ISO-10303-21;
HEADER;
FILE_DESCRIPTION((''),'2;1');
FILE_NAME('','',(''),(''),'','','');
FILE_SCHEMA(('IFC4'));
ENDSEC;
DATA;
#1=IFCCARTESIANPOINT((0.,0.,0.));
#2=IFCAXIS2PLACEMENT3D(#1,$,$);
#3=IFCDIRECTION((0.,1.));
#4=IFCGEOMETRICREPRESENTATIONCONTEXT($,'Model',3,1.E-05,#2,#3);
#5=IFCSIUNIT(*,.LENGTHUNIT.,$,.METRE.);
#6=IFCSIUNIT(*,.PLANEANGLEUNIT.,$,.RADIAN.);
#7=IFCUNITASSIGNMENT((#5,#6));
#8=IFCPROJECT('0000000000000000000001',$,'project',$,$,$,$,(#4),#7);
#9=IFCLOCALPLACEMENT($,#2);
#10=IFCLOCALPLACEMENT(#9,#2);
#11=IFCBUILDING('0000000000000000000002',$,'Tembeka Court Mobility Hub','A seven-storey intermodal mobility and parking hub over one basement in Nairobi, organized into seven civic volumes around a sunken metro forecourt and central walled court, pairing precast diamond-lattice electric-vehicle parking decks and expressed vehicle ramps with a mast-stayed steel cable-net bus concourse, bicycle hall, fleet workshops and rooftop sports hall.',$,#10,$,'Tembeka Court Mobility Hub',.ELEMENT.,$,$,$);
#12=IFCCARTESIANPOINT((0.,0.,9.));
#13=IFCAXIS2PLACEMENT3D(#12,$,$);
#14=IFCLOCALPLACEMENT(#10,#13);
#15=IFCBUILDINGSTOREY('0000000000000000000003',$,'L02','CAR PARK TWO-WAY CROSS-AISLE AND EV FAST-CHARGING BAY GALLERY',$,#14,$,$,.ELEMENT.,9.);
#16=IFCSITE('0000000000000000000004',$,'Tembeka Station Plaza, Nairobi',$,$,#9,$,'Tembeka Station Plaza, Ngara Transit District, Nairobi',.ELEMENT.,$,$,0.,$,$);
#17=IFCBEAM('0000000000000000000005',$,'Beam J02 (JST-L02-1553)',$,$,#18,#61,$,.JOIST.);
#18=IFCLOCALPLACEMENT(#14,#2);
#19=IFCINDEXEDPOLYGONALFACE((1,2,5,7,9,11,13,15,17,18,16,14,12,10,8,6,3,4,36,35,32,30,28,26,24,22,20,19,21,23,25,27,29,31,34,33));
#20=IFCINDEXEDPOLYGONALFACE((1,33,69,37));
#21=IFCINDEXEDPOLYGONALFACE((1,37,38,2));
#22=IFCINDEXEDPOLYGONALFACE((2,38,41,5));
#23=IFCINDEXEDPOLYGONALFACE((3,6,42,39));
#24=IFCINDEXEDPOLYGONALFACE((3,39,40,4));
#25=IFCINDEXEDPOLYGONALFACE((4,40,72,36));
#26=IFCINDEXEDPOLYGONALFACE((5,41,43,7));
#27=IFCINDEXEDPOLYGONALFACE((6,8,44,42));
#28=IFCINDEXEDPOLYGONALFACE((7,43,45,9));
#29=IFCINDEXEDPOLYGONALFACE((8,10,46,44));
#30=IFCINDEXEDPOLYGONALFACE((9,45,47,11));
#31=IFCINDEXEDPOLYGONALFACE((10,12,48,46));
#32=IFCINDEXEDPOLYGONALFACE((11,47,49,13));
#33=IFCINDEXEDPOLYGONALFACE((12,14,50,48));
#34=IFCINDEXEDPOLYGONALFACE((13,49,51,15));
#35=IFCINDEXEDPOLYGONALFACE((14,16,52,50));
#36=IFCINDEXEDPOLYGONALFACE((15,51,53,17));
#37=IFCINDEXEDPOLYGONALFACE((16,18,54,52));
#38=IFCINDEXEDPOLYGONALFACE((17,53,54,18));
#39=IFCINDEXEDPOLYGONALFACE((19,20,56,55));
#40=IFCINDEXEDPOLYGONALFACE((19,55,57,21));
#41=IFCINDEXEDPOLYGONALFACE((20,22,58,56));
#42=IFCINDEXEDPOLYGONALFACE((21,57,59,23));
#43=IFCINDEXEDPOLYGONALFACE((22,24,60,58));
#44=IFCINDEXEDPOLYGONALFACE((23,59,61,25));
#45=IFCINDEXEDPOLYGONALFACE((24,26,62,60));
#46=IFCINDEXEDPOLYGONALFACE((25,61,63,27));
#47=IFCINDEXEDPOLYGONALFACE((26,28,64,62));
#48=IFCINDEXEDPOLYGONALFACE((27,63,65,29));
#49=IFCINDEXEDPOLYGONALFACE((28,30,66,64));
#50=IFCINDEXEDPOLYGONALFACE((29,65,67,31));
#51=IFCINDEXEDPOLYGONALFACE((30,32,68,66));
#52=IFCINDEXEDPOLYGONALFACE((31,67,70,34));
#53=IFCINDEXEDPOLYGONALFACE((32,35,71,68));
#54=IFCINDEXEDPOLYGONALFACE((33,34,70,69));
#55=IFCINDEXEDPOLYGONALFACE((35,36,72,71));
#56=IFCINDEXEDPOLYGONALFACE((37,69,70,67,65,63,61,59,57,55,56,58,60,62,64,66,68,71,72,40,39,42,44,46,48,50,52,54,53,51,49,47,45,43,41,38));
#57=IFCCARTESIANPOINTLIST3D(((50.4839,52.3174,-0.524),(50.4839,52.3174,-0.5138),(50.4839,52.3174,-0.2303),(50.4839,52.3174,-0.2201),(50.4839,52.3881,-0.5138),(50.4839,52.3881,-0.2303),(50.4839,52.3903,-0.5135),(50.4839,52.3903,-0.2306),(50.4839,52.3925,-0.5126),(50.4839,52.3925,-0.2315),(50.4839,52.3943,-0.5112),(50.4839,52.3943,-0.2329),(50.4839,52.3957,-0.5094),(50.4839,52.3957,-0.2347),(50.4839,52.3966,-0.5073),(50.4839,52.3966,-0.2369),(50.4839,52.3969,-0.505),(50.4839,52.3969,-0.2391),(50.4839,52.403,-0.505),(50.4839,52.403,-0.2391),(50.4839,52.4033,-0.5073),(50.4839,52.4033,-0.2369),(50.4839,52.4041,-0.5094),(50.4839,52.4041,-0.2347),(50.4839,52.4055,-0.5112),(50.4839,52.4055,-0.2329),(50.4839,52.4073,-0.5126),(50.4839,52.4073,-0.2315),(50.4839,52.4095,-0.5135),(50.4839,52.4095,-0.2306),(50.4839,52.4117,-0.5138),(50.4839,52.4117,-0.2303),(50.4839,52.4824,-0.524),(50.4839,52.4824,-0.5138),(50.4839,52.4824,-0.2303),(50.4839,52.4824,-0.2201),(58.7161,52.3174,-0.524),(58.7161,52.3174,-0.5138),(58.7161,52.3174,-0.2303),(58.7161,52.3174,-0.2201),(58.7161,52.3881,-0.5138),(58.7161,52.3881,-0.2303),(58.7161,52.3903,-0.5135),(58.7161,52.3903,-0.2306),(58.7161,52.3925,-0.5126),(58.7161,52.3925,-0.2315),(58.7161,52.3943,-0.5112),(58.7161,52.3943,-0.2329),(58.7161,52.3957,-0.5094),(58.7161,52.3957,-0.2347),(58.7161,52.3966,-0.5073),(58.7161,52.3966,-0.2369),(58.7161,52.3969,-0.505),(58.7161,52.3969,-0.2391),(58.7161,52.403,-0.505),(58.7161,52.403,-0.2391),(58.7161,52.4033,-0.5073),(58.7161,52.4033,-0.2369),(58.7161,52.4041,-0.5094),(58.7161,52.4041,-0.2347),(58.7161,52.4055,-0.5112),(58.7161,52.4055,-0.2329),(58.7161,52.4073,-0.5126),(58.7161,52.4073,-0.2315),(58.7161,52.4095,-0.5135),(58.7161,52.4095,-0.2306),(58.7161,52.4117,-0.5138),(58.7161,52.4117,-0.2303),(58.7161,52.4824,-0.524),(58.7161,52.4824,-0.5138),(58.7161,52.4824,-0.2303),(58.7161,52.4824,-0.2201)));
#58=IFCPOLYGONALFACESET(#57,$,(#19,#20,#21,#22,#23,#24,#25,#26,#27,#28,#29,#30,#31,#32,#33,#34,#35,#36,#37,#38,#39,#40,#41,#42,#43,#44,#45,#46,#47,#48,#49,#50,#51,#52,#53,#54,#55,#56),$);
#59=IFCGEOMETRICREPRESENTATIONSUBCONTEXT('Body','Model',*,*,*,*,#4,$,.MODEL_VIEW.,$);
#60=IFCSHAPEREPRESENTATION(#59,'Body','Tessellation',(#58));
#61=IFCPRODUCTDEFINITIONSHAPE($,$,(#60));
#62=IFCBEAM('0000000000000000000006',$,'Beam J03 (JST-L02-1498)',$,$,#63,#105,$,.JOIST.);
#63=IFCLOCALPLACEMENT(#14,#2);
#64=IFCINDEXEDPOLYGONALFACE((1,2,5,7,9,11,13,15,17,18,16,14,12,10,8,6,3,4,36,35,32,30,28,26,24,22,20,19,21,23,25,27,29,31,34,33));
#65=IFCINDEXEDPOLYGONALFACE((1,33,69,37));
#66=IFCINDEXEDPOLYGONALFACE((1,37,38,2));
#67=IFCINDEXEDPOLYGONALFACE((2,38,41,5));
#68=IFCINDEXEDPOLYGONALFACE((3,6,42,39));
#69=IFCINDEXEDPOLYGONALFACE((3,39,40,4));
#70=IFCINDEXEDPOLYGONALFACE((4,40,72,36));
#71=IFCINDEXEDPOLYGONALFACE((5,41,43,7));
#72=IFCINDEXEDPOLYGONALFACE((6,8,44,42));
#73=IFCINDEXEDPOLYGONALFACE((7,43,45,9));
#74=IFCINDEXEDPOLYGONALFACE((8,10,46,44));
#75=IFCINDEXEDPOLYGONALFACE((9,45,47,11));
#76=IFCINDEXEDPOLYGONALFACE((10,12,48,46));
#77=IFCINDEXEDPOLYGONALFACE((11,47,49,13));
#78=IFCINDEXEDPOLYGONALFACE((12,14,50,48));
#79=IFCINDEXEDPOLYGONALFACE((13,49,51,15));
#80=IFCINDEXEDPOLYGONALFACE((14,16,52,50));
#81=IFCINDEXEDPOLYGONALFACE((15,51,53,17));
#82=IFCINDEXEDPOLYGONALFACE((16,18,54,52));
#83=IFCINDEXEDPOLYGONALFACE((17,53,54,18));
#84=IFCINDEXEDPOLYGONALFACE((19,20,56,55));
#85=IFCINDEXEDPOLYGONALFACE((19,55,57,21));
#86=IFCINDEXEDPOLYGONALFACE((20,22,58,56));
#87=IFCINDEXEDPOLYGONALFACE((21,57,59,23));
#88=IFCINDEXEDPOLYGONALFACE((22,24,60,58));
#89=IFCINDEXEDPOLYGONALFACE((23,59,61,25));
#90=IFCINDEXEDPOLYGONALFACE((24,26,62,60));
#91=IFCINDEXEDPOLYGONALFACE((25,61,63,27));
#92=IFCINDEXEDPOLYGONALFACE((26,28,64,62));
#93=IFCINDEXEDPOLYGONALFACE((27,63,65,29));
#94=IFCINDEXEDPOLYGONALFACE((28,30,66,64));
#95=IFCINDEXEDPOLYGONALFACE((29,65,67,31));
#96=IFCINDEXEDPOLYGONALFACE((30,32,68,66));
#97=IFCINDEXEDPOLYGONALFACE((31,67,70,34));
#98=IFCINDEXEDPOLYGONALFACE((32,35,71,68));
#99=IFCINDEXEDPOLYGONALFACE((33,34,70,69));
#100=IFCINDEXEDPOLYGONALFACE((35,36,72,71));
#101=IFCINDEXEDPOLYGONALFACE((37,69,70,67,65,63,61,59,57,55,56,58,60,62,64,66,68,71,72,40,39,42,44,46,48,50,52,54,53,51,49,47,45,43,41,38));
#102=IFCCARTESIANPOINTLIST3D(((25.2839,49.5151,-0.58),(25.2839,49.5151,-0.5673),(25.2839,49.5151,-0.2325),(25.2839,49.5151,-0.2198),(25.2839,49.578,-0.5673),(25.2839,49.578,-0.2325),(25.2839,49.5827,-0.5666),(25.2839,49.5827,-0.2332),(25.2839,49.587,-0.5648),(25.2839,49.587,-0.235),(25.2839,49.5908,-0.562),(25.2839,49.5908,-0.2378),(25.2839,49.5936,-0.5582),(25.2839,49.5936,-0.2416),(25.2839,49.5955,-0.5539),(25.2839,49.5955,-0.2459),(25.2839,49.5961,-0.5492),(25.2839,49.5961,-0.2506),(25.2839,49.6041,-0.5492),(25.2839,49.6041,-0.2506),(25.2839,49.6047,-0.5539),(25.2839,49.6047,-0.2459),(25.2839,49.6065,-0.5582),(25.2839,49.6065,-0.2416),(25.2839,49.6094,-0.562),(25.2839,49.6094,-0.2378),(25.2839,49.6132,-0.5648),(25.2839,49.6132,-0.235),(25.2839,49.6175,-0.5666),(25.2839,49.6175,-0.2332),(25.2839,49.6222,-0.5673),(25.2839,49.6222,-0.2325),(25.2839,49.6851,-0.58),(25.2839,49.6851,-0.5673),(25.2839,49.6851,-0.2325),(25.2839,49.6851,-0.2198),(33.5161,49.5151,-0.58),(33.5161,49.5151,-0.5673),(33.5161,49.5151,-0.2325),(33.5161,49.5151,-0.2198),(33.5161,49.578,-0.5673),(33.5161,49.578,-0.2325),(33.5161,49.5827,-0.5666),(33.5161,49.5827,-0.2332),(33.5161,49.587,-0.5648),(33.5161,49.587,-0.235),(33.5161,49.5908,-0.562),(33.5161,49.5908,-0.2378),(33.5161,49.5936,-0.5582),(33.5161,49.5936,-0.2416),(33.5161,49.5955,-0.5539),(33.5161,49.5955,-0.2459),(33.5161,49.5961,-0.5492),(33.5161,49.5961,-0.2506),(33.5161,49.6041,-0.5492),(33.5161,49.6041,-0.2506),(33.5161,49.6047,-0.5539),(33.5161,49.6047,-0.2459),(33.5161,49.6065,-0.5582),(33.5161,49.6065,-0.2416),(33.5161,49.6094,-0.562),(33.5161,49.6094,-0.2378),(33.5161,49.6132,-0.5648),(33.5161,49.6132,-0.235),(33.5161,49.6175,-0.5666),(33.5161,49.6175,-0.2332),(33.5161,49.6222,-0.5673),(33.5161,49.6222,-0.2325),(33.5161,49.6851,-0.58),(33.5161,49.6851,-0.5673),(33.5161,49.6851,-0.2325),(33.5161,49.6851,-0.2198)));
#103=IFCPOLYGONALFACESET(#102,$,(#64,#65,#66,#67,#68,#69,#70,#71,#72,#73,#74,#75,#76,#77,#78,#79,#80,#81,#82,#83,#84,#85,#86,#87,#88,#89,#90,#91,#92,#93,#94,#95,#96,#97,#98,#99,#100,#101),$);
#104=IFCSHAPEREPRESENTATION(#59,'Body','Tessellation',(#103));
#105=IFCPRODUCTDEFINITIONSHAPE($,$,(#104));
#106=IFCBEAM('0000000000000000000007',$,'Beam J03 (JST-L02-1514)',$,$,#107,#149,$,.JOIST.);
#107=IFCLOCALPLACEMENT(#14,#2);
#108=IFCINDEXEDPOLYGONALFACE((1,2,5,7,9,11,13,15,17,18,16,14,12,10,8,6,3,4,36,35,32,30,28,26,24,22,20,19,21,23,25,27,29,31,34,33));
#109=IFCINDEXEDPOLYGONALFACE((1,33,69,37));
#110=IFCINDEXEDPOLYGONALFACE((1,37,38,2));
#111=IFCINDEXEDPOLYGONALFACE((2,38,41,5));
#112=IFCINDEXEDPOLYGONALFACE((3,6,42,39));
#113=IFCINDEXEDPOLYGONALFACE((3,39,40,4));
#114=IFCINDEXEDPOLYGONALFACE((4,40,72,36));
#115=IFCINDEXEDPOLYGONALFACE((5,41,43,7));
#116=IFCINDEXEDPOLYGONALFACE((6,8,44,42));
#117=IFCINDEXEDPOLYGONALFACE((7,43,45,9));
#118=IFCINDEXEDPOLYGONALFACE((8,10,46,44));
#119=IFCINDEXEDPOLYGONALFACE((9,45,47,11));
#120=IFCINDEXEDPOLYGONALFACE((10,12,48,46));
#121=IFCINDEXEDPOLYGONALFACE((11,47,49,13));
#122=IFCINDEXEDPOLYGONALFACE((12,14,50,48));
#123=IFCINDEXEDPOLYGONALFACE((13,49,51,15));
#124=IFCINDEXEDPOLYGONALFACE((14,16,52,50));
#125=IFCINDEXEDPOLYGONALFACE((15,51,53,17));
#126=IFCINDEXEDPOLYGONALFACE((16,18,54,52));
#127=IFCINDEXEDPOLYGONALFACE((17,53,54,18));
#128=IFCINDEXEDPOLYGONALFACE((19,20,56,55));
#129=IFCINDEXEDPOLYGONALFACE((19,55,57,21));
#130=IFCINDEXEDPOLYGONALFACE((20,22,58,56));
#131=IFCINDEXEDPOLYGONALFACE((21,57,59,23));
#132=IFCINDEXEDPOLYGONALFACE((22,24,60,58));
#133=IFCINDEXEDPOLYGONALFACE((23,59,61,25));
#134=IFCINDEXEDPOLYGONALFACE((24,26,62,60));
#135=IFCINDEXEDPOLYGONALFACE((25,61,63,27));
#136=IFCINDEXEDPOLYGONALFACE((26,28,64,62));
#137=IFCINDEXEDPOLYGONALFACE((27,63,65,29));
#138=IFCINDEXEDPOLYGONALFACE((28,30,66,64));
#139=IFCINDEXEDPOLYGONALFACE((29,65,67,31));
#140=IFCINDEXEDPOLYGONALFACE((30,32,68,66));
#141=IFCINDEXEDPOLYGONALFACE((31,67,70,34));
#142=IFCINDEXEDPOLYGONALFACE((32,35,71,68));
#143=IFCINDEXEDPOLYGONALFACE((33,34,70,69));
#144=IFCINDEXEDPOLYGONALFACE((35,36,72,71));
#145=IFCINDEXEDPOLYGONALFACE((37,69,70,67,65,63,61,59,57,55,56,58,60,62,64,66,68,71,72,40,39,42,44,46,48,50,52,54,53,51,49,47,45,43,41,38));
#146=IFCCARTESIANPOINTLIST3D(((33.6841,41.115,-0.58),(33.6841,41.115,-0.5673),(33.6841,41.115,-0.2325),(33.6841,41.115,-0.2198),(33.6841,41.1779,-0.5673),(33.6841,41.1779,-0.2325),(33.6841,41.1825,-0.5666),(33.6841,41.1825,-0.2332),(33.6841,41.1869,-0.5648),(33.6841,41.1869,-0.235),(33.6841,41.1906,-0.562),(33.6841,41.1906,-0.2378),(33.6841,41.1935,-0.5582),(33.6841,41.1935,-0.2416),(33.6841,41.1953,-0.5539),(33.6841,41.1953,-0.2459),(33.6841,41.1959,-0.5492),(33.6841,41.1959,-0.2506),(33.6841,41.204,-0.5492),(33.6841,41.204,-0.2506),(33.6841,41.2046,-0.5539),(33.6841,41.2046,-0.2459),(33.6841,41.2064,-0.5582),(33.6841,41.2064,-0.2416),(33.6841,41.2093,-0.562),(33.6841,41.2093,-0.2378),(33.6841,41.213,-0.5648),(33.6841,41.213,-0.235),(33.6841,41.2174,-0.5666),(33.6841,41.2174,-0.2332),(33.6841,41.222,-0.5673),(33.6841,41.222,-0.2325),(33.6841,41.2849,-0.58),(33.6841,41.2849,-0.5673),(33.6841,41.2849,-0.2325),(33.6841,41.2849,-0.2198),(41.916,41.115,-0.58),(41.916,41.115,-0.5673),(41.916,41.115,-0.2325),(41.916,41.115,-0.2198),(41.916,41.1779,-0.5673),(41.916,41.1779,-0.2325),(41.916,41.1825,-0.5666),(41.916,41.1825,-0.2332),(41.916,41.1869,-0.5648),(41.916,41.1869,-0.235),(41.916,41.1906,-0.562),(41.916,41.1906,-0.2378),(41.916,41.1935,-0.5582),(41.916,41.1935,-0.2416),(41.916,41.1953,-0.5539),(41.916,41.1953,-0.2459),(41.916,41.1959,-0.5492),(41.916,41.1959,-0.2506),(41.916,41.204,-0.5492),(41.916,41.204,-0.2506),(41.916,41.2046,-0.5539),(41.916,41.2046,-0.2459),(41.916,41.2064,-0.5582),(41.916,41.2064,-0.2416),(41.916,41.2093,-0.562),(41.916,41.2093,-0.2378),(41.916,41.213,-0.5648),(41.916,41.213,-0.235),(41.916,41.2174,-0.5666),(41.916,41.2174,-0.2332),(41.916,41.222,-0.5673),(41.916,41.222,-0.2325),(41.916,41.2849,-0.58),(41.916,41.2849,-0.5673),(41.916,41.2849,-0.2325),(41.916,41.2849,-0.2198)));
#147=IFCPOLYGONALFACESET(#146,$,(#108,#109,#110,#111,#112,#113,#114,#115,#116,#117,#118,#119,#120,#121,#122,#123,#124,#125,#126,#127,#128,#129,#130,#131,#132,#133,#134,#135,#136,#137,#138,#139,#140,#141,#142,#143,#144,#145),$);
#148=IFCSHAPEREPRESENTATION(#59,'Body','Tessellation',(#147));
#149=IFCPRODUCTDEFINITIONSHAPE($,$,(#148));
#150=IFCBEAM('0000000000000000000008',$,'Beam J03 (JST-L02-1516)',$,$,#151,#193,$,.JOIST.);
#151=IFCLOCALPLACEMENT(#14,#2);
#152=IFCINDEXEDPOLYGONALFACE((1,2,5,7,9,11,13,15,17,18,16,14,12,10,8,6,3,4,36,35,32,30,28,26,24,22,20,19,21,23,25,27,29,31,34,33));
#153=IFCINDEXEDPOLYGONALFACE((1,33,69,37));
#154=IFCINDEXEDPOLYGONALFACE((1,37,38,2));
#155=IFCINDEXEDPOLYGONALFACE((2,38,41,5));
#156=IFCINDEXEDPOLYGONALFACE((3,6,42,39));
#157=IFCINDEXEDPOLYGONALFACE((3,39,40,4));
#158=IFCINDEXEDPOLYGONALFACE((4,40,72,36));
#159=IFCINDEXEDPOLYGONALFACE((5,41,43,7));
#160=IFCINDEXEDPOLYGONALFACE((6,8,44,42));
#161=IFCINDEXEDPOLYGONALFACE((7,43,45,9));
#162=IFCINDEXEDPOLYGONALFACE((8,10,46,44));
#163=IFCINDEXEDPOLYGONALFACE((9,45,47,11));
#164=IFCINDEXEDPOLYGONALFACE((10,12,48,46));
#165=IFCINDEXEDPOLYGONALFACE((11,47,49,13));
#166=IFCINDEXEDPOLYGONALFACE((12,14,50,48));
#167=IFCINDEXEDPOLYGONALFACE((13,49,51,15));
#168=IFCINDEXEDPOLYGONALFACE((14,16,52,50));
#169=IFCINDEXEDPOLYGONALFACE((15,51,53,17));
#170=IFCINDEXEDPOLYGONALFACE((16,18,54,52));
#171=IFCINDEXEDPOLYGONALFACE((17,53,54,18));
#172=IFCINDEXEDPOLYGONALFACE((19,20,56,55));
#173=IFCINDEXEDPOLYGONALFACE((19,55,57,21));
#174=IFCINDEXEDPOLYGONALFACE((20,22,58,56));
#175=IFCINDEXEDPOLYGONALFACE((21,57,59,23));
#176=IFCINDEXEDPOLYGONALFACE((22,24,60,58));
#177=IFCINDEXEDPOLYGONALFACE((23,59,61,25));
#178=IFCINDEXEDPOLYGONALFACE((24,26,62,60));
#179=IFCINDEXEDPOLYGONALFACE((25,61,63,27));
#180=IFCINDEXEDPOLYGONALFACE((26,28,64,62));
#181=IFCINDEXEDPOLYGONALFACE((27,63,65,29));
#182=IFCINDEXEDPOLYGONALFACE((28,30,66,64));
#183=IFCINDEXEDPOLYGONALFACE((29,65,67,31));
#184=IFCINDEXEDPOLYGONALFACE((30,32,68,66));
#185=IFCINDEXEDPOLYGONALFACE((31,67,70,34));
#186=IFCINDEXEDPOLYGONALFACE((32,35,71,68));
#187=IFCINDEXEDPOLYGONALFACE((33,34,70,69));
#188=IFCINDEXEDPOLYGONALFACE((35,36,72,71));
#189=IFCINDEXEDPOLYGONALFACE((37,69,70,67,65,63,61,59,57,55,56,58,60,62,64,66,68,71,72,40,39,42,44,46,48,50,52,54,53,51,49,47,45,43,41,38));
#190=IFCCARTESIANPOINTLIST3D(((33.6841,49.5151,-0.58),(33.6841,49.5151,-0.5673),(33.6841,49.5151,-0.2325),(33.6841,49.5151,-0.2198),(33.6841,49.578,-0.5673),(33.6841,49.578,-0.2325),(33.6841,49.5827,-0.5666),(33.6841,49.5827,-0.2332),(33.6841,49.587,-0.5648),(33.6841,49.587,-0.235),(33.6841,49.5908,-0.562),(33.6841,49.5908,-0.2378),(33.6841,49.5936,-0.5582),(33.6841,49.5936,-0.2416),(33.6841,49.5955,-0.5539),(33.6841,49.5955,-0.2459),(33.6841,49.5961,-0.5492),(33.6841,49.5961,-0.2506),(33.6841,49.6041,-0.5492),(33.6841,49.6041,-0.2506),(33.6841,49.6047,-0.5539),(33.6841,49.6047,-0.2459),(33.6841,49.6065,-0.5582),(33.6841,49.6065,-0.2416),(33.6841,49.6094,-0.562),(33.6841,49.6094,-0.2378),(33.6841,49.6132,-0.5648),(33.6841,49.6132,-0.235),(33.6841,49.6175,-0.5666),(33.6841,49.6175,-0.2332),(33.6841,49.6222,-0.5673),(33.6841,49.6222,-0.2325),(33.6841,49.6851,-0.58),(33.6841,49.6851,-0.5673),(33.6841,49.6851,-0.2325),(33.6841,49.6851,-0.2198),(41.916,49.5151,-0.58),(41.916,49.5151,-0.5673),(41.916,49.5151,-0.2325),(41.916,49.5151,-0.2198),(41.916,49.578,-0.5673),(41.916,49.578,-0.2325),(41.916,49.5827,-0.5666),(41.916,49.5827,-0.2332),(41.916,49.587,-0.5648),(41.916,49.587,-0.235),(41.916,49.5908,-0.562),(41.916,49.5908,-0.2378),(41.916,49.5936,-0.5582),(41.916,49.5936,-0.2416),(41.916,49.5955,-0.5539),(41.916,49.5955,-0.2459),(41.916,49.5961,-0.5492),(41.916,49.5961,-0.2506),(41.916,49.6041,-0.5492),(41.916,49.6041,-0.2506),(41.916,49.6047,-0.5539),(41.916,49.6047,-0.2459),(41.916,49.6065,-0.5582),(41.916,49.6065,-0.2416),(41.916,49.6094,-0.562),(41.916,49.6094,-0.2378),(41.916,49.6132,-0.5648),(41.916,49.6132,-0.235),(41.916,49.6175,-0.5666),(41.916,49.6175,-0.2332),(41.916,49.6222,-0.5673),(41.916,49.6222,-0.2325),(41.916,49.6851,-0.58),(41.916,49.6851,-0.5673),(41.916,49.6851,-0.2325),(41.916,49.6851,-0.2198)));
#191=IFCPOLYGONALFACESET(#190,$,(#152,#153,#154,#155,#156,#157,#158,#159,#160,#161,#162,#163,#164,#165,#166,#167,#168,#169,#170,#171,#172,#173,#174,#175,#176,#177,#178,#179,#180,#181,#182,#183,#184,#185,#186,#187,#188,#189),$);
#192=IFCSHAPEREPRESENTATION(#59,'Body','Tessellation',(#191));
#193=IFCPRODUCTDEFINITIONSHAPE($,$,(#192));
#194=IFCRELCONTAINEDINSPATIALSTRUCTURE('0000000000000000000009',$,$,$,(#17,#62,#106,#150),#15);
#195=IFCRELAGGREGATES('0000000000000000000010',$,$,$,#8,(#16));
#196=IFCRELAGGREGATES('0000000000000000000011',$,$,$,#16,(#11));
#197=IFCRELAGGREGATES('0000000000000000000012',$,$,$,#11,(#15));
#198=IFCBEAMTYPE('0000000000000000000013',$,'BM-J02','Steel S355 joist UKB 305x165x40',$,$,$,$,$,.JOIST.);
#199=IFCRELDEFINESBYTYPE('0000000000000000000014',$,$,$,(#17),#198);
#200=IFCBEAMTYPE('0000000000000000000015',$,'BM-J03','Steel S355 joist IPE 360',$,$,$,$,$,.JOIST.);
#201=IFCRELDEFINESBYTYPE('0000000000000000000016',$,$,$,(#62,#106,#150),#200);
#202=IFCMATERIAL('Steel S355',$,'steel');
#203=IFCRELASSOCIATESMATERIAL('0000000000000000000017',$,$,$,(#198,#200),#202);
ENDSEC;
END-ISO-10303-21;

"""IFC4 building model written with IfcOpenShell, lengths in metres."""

from ifc_helpers import new_model, si_unit, direction, frame, origin, origin_2d, place, context, subcontext, project, spatial, i_section, extrude, material, material_profile, profile_set, type_object, element, save


model = new_model("IFC4")

# Units and contexts
model_context = context("Model", 3, precision=1e-05, world=origin(), true_north=direction((0.0, 1.0)))
body_context = subcontext(model_context, "Body", "Model", "MODEL_VIEW")
ifc_project = project(units=[si_unit("LENGTHUNIT", "METRE"), si_unit("PLANEANGLEUNIT", "RADIAN")], contexts=[model_context])

# Site, building, storey
site_placement = place(None, origin())
site = spatial("IfcSite", under=ifc_project, at=site_placement, Name="Tembeka Station Plaza, Nairobi", LongName="Tembeka Station Plaza, Ngara Transit District, Nairobi", CompositionType="ELEMENT", RefElevation=0.0)
building_placement = place(site_placement, origin())
building = spatial("IfcBuilding", under=site, at=building_placement, Name="Tembeka Court Mobility Hub", Description="A seven-storey intermodal mobility and parking hub over one basement in Nairobi, organized into seven civic volumes around a sunken metro forecourt and central walled court, pairing precast diamond-lattice electric-vehicle parking decks and expressed vehicle ramps with a mast-stayed steel cable-net bus concourse, bicycle hall, fleet workshops and rooftop sports hall.", LongName="Tembeka Court Mobility Hub", CompositionType="ELEMENT")
storey_placement = place(building_placement, frame((0.0, 0.0, 9.0)))
storey = spatial("IfcBuildingStorey", under=building, at=storey_placement, Name="L02", Description="CAR PARK TWO-WAY CROSS-AISLE AND EV FAST-CHARGING BAY GALLERY", CompositionType="ELEMENT", Elevation=9.0)

# Shared definitions
ifc_material_1 = material(Name="Steel S355", Category="steel")

# Beams
ifc_material_profile_1 = material_profile(ifc_material_1, i_section(OverallWidth=0.165, OverallDepth=0.304, WebThickness=0.0061, FlangeThickness=0.0103, FilletRadius=0.0088, at=origin_2d()), Name="UKB 305x165x40")
ifc_profile_set_1 = profile_set([ifc_material_profile_1], Name="Steel S355")
beam_type_1 = type_object("IfcBeamType", Name="BM-J02", Description="Steel S355 joist UKB 305x165x40", PredefinedType="JOIST", material=ifc_profile_set_1)
for number, where, z_axis, x_axis, name in (
    (1, (50.4839, 52.3999, -0.3721), (1.0, 0.0, 0.0), (0.0, 1.0, 0.0), "Beam J02 (JST-L02-1553)"),
):
    element("IfcBeam", number, at=place(storey_placement, frame(where, z_axis=z_axis, x_axis=x_axis)), inside=storey, type_object=beam_type_1, Name=name, PredefinedType="JOIST", context=body_context, shape_type="SweptSolid", body=[
        extrude(i_section(OverallWidth=0.165, OverallDepth=0.304, WebThickness=0.0061, FlangeThickness=0.0103, FilletRadius=0.0088, at=origin_2d()), origin(), (0.0, 0.0, 1.0), 8.2322),
    ])
ifc_material_profile_2 = material_profile(ifc_material_1, i_section(OverallWidth=0.1699, OverallDepth=0.3601, WebThickness=0.0081, FlangeThickness=0.0127, FilletRadius=0.0181, at=origin_2d()), Name="IPE 360")
ifc_profile_set_2 = profile_set([ifc_material_profile_2], Name="Steel S355")
beam_type_2 = type_object("IfcBeamType", Name="BM-J03", Description="Steel S355 joist IPE 360", PredefinedType="JOIST", material=ifc_profile_set_2)
beam_1_placement = place(storey_placement, frame((25.2839, 49.6001, -0.3999), z_axis=(1.0, 0.0, 0.0), x_axis=(0.0, 1.0, 0.0)))
element("IfcBeam", 2, at=beam_1_placement, inside=storey, type_object=beam_type_2, Name="Beam J03 (JST-L02-1498)", PredefinedType="JOIST", context=body_context, shape_type="SweptSolid", body=[
    extrude(i_section(OverallWidth=0.1699, OverallDepth=0.3601, WebThickness=0.0081, FlangeThickness=0.0127, FilletRadius=0.0181, at=origin_2d()), origin(), (0.0, 0.0, 1.0), 8.2322),
])
for number, where, z_axis, x_axis, name in (
    (3, (33.6841, 41.2, -0.3999), (1.0, 0.0, 0.0), (0.0, 1.0, 0.0), "Beam J03 (JST-L02-1514)"),
    (4, (33.6841, 49.6001, -0.3999), (1.0, 0.0, 0.0), (0.0, 1.0, 0.0), "Beam J03 (JST-L02-1516)"),
):
    element("IfcBeam", number, at=place(storey_placement, frame(where, z_axis=z_axis, x_axis=x_axis)), inside=storey, type_object=beam_type_2, Name=name, PredefinedType="JOIST", context=body_context, shape_type="SweptSolid", body=[
        extrude(i_section(OverallWidth=0.1699, OverallDepth=0.3601, WebThickness=0.0081, FlangeThickness=0.0127, FilletRadius=0.0181, at=origin_2d()), origin(), (0.0, 0.0, 1.0), 8.2319),
    ])

save(model, "model.ifc")
